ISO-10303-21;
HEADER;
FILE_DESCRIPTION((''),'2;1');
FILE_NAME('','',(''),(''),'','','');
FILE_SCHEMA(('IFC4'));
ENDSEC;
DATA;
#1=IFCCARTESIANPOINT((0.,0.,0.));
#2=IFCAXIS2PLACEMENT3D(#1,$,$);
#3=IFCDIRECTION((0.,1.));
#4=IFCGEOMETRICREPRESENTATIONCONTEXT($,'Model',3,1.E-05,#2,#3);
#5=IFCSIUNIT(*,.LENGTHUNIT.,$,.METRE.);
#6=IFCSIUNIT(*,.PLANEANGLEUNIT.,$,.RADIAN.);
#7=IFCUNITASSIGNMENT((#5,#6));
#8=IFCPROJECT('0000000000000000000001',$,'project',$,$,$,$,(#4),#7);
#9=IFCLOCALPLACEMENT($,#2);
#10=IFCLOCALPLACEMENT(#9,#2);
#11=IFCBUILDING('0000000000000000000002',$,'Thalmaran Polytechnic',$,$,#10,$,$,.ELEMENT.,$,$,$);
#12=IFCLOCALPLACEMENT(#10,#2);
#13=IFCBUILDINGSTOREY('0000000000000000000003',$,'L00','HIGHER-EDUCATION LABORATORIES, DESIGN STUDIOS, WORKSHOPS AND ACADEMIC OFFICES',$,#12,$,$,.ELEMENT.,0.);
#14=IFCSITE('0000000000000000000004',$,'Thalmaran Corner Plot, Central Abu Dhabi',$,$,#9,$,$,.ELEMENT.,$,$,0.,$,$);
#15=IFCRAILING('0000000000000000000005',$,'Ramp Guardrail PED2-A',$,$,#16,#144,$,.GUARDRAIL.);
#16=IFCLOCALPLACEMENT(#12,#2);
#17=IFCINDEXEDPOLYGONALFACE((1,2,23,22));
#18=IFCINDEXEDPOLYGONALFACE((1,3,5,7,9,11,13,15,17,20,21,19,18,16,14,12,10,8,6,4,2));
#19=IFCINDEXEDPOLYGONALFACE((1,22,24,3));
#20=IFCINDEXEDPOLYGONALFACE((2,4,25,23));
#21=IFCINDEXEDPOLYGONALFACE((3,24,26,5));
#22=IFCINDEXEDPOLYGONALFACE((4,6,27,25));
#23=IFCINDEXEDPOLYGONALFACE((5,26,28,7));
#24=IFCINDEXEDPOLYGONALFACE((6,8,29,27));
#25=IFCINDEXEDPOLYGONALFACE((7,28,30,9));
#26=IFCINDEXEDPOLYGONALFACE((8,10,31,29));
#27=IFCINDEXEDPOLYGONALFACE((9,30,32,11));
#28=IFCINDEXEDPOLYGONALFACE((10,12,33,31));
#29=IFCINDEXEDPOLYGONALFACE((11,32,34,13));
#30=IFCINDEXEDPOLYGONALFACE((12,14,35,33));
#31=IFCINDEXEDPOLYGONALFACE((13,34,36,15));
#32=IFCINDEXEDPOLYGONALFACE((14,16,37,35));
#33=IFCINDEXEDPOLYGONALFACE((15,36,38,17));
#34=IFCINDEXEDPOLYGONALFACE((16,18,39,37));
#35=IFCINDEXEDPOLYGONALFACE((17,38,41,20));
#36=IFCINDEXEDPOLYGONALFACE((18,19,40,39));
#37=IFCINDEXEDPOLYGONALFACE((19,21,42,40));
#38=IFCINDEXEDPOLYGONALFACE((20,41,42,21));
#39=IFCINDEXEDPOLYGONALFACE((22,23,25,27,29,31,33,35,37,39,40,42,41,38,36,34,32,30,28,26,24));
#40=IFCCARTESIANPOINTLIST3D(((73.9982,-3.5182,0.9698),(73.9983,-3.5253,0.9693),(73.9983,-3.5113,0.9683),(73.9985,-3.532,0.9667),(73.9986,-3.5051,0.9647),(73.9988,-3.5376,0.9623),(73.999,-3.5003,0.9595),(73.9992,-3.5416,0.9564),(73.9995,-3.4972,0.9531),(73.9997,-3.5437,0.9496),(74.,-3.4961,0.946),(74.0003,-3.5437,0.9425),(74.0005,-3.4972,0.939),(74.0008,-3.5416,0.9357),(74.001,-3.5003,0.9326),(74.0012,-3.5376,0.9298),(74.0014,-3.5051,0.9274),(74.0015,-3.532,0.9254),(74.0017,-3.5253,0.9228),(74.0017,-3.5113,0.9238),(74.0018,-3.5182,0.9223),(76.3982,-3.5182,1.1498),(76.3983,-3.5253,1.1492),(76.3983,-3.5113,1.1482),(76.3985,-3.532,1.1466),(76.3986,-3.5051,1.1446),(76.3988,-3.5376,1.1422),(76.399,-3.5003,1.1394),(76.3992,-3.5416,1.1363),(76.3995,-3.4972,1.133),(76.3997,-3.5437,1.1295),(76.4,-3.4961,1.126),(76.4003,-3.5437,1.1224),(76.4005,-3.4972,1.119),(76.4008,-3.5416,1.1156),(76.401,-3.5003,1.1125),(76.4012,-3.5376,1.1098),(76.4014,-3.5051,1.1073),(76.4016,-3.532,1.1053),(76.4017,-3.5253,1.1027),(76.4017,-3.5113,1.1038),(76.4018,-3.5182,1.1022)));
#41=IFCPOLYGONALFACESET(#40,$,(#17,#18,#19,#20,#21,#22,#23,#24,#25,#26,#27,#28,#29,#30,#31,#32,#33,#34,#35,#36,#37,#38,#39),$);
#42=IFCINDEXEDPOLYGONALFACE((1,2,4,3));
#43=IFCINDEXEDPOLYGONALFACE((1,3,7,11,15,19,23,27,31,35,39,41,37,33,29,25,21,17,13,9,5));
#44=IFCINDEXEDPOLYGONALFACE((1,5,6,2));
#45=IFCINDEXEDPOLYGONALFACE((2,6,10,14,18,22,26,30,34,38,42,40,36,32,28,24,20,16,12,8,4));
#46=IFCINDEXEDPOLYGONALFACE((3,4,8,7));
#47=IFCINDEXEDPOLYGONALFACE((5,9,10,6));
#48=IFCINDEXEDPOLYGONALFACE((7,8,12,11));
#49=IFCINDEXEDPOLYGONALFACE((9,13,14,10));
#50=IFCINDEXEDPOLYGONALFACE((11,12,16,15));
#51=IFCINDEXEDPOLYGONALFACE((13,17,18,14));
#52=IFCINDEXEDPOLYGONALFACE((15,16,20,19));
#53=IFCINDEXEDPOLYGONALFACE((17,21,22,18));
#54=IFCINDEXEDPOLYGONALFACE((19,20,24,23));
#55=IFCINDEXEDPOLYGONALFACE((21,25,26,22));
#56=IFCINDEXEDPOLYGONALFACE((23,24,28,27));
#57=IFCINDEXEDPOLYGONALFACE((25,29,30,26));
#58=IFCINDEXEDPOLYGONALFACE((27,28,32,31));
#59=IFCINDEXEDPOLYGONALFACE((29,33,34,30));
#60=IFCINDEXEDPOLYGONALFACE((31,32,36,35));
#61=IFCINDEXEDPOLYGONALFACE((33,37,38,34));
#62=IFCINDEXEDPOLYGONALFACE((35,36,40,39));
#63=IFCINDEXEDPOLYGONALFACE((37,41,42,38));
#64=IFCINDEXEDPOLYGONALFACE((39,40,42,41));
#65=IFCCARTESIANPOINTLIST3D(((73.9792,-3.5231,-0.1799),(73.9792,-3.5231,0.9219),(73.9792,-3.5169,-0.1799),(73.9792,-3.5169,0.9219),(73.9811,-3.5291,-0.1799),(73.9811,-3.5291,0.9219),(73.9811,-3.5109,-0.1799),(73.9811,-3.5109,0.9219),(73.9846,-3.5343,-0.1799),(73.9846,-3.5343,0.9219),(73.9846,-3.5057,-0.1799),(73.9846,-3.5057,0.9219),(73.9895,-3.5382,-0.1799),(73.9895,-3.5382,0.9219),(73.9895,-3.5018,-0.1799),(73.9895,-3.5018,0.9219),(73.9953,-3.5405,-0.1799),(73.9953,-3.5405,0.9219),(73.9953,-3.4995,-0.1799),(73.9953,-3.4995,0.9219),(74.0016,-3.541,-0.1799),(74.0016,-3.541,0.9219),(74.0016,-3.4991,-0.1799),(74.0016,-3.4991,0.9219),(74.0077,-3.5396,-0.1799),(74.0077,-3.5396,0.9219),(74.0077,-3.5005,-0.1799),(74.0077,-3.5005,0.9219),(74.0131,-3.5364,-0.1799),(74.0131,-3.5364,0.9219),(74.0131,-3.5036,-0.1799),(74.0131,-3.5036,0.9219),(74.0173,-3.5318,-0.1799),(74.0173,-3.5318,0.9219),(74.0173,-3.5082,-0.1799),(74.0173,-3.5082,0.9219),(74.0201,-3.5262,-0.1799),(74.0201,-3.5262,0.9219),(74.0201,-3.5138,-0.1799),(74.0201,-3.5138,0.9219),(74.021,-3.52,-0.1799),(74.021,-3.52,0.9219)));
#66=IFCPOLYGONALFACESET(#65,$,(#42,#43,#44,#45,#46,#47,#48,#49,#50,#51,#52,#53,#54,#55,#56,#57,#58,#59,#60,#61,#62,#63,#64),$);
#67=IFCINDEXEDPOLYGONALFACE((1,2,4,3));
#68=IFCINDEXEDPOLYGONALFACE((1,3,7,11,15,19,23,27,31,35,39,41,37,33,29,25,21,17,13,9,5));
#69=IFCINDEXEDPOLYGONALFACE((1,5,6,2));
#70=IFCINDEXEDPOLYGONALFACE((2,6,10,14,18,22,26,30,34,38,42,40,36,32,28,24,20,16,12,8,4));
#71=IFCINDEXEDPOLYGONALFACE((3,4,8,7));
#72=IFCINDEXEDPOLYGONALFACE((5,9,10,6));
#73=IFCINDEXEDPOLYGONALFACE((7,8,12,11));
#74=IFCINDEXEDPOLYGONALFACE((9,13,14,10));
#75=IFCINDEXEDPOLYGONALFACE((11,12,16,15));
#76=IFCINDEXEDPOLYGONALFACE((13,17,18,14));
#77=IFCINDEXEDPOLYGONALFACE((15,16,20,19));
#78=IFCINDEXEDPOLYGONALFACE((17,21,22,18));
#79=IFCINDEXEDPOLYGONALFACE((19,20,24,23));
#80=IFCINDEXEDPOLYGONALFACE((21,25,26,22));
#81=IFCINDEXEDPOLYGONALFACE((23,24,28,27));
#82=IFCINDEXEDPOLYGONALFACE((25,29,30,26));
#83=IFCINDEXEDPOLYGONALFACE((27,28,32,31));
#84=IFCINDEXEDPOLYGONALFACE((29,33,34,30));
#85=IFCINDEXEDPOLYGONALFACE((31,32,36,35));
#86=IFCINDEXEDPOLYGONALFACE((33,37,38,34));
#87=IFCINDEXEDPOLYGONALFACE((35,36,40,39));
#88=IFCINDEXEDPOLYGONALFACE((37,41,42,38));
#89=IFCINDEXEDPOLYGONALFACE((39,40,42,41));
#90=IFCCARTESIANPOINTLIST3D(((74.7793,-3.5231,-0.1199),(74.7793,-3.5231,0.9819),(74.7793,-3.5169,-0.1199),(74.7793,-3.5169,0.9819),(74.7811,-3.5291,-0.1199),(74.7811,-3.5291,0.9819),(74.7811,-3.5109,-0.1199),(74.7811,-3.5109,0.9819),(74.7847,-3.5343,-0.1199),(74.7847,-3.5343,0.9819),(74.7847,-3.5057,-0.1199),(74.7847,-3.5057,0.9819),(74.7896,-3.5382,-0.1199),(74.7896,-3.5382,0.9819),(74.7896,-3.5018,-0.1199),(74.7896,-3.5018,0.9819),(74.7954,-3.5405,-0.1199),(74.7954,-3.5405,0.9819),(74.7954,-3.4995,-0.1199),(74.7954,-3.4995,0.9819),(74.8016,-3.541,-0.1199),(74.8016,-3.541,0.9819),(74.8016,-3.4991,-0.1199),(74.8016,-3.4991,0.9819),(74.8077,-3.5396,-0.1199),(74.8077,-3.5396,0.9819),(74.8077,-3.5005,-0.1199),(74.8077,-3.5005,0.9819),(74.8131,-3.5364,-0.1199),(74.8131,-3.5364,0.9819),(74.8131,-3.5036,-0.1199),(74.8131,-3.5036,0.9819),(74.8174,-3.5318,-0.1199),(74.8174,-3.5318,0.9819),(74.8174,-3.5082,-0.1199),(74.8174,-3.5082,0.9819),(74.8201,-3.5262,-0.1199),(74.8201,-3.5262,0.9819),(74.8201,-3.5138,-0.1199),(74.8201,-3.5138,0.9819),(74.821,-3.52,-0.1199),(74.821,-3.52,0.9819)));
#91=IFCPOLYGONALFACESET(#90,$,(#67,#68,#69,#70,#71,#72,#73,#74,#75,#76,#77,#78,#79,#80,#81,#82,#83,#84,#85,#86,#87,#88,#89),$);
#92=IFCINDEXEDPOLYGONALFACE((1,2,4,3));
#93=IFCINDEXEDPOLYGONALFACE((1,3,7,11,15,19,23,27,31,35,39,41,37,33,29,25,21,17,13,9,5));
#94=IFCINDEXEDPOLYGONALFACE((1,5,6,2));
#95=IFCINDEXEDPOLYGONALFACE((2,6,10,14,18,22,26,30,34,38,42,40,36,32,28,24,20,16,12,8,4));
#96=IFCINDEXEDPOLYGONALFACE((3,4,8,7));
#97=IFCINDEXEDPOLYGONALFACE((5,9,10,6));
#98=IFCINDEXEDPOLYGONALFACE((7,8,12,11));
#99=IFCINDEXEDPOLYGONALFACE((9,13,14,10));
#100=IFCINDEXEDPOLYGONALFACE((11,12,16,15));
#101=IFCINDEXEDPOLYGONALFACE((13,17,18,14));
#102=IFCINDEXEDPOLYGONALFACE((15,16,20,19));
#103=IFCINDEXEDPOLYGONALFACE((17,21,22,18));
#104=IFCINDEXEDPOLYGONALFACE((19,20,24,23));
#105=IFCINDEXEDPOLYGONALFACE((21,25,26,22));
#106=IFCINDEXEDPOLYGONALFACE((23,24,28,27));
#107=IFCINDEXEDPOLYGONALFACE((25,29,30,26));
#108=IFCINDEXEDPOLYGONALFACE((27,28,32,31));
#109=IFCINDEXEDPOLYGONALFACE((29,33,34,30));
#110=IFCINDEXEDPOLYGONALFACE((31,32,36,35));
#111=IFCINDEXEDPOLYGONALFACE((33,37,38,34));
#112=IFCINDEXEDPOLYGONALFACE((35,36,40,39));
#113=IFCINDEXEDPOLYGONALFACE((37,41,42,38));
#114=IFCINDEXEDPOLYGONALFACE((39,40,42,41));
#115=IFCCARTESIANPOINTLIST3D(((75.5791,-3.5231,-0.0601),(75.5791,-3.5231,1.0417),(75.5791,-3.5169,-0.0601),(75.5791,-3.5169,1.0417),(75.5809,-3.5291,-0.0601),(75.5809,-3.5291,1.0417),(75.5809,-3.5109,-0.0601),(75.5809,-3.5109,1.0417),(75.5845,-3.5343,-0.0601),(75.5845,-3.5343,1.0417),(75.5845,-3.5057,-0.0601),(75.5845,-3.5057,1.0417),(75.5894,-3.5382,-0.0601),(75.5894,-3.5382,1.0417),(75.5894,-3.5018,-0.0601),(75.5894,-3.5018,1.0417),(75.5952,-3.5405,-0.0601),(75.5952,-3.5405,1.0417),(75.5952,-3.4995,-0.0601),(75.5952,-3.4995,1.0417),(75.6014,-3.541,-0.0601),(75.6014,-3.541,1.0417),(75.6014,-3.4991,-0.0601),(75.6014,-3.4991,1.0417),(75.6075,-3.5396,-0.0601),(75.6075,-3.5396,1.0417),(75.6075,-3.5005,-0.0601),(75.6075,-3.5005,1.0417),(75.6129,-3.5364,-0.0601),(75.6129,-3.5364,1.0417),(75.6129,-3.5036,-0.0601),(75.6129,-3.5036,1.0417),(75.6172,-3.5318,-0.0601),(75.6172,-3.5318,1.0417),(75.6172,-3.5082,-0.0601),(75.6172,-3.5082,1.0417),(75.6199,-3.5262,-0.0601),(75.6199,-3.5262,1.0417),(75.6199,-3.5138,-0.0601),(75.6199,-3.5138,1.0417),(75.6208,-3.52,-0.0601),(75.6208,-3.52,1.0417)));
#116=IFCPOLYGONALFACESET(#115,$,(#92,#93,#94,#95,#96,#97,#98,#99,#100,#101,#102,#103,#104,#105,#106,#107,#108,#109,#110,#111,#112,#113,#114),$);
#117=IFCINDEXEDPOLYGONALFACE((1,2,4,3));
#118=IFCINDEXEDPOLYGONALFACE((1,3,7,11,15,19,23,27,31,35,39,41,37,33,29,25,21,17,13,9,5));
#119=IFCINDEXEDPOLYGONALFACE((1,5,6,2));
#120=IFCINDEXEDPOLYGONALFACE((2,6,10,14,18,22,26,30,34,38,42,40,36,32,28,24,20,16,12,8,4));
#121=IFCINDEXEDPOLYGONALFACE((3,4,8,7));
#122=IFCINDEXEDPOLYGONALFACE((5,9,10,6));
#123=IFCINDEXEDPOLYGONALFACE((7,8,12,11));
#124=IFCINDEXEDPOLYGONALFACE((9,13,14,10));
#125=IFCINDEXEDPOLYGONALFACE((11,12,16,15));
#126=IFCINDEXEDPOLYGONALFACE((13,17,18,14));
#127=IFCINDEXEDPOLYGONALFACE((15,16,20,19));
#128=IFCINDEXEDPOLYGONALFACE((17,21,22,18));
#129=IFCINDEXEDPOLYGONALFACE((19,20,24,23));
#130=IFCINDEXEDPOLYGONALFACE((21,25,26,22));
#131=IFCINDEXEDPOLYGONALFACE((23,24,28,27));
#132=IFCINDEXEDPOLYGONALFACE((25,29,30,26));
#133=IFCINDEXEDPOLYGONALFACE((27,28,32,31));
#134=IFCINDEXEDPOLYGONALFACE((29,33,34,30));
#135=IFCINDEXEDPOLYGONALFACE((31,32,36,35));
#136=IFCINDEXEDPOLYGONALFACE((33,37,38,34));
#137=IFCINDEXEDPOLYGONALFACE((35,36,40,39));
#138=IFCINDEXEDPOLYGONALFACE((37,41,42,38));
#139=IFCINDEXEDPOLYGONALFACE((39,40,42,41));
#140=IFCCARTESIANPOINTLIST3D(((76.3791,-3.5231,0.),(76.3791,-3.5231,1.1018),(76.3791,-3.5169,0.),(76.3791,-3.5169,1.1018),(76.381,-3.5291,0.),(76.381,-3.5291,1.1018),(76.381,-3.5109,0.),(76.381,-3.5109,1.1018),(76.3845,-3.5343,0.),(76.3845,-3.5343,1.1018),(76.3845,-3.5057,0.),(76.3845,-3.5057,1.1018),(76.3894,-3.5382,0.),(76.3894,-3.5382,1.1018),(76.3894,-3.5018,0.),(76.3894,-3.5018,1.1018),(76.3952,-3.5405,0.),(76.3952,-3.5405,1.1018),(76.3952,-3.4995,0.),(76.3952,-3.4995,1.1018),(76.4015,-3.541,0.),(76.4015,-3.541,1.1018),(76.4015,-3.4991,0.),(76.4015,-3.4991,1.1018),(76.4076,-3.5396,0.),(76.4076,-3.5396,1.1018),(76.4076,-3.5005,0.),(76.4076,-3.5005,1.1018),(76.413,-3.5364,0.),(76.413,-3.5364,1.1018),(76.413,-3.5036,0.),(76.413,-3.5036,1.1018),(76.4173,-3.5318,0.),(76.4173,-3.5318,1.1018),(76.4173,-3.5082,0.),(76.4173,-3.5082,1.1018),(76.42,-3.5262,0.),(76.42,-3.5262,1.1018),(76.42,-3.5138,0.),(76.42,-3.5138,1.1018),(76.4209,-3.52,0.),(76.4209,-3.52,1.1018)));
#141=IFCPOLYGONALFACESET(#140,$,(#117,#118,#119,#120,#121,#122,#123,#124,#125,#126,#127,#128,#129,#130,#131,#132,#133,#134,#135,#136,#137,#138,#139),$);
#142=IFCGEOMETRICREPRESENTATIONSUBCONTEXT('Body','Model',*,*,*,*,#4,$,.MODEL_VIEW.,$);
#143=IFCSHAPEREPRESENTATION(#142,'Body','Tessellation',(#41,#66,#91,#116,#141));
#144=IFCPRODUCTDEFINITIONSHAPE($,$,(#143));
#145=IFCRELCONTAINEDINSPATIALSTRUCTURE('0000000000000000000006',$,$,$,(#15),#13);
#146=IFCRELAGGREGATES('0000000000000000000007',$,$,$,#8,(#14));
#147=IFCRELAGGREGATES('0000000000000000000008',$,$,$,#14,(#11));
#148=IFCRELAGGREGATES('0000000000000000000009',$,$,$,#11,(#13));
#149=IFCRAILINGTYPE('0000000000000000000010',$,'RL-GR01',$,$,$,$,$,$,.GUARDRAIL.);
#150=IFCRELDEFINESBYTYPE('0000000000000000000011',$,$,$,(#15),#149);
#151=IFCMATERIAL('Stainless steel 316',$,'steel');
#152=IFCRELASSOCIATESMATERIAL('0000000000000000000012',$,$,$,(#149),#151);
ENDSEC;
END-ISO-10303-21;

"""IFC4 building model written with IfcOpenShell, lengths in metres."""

from ifc_helpers import new_model, si_unit, direction, frame, origin, origin_2d, place, context, subcontext, project, spatial, circle, extrude, material, type_object, element, save


model = new_model("IFC4")

# Units and contexts
model_context = context("Model", 3, precision=1e-05, world=origin(), true_north=direction((0.0, 1.0)))
body_context = subcontext(model_context, "Body", "Model", "MODEL_VIEW")
ifc_project = project(units=[si_unit("LENGTHUNIT", "METRE"), si_unit("PLANEANGLEUNIT", "RADIAN")], contexts=[model_context])

# Site, building, storey
site_placement = place(None, origin())
site = spatial("IfcSite", under=ifc_project, at=site_placement, Name="Thalmaran Corner Plot, Central Abu Dhabi", CompositionType="ELEMENT", RefElevation=0.0)
building_placement = place(site_placement, origin())
building = spatial("IfcBuilding", under=site, at=building_placement, Name="Thalmaran Polytechnic", CompositionType="ELEMENT")
storey_placement = place(building_placement, origin())
storey = spatial("IfcBuildingStorey", under=building, at=storey_placement, Name="L00", Description="HIGHER-EDUCATION LABORATORIES, DESIGN STUDIOS, WORKSHOPS AND ACADEMIC OFFICES", CompositionType="ELEMENT", Elevation=0.0)

# Railing
ifc_material_1 = material(Name="Stainless steel 316", Category="steel")
railing_type_1 = type_object("IfcRailingType", Name="RL-GR01", PredefinedType="GUARDRAIL", material=ifc_material_1)
for number, where, name in (
    (1, (74.0, -3.52, -0.1799), "Ramp Guardrail PED2-A"),
):
    element("IfcRailing", number, at=place(storey_placement, frame(where)), inside=storey, type_object=railing_type_1, Name=name, PredefinedType="GUARDRAIL", context=body_context, shape_type="SweptSolid", body=[
        extrude(circle(Radius=0.0239, at=origin_2d()), frame((0.0, 0.0, 1.126), z_axis=(0.997201, 0.0, 0.074765), x_axis=(0.0, 1.0, 0.0)), (0.0, 0.0, 1.0), 2.4067),
        extrude(circle(Radius=0.021, at=origin_2d()), origin(), (0.0, 0.0, 1.0), 1.1018),
        extrude(circle(Radius=0.021, at=origin_2d()), frame((0.8, 0.0, 0.0601)), (0.0, 0.0, 1.0), 1.1018),
        extrude(circle(Radius=0.021, at=origin_2d()), frame((1.5999, 0.0, 0.1199)), (0.0, 0.0, 1.0), 1.1018),
        extrude(circle(Radius=0.021, at=origin_2d()), frame((2.3999, 0.0, 0.1799)), (0.0, 0.0, 1.0), 1.1018),
    ])

save(model, "model.ifc")
